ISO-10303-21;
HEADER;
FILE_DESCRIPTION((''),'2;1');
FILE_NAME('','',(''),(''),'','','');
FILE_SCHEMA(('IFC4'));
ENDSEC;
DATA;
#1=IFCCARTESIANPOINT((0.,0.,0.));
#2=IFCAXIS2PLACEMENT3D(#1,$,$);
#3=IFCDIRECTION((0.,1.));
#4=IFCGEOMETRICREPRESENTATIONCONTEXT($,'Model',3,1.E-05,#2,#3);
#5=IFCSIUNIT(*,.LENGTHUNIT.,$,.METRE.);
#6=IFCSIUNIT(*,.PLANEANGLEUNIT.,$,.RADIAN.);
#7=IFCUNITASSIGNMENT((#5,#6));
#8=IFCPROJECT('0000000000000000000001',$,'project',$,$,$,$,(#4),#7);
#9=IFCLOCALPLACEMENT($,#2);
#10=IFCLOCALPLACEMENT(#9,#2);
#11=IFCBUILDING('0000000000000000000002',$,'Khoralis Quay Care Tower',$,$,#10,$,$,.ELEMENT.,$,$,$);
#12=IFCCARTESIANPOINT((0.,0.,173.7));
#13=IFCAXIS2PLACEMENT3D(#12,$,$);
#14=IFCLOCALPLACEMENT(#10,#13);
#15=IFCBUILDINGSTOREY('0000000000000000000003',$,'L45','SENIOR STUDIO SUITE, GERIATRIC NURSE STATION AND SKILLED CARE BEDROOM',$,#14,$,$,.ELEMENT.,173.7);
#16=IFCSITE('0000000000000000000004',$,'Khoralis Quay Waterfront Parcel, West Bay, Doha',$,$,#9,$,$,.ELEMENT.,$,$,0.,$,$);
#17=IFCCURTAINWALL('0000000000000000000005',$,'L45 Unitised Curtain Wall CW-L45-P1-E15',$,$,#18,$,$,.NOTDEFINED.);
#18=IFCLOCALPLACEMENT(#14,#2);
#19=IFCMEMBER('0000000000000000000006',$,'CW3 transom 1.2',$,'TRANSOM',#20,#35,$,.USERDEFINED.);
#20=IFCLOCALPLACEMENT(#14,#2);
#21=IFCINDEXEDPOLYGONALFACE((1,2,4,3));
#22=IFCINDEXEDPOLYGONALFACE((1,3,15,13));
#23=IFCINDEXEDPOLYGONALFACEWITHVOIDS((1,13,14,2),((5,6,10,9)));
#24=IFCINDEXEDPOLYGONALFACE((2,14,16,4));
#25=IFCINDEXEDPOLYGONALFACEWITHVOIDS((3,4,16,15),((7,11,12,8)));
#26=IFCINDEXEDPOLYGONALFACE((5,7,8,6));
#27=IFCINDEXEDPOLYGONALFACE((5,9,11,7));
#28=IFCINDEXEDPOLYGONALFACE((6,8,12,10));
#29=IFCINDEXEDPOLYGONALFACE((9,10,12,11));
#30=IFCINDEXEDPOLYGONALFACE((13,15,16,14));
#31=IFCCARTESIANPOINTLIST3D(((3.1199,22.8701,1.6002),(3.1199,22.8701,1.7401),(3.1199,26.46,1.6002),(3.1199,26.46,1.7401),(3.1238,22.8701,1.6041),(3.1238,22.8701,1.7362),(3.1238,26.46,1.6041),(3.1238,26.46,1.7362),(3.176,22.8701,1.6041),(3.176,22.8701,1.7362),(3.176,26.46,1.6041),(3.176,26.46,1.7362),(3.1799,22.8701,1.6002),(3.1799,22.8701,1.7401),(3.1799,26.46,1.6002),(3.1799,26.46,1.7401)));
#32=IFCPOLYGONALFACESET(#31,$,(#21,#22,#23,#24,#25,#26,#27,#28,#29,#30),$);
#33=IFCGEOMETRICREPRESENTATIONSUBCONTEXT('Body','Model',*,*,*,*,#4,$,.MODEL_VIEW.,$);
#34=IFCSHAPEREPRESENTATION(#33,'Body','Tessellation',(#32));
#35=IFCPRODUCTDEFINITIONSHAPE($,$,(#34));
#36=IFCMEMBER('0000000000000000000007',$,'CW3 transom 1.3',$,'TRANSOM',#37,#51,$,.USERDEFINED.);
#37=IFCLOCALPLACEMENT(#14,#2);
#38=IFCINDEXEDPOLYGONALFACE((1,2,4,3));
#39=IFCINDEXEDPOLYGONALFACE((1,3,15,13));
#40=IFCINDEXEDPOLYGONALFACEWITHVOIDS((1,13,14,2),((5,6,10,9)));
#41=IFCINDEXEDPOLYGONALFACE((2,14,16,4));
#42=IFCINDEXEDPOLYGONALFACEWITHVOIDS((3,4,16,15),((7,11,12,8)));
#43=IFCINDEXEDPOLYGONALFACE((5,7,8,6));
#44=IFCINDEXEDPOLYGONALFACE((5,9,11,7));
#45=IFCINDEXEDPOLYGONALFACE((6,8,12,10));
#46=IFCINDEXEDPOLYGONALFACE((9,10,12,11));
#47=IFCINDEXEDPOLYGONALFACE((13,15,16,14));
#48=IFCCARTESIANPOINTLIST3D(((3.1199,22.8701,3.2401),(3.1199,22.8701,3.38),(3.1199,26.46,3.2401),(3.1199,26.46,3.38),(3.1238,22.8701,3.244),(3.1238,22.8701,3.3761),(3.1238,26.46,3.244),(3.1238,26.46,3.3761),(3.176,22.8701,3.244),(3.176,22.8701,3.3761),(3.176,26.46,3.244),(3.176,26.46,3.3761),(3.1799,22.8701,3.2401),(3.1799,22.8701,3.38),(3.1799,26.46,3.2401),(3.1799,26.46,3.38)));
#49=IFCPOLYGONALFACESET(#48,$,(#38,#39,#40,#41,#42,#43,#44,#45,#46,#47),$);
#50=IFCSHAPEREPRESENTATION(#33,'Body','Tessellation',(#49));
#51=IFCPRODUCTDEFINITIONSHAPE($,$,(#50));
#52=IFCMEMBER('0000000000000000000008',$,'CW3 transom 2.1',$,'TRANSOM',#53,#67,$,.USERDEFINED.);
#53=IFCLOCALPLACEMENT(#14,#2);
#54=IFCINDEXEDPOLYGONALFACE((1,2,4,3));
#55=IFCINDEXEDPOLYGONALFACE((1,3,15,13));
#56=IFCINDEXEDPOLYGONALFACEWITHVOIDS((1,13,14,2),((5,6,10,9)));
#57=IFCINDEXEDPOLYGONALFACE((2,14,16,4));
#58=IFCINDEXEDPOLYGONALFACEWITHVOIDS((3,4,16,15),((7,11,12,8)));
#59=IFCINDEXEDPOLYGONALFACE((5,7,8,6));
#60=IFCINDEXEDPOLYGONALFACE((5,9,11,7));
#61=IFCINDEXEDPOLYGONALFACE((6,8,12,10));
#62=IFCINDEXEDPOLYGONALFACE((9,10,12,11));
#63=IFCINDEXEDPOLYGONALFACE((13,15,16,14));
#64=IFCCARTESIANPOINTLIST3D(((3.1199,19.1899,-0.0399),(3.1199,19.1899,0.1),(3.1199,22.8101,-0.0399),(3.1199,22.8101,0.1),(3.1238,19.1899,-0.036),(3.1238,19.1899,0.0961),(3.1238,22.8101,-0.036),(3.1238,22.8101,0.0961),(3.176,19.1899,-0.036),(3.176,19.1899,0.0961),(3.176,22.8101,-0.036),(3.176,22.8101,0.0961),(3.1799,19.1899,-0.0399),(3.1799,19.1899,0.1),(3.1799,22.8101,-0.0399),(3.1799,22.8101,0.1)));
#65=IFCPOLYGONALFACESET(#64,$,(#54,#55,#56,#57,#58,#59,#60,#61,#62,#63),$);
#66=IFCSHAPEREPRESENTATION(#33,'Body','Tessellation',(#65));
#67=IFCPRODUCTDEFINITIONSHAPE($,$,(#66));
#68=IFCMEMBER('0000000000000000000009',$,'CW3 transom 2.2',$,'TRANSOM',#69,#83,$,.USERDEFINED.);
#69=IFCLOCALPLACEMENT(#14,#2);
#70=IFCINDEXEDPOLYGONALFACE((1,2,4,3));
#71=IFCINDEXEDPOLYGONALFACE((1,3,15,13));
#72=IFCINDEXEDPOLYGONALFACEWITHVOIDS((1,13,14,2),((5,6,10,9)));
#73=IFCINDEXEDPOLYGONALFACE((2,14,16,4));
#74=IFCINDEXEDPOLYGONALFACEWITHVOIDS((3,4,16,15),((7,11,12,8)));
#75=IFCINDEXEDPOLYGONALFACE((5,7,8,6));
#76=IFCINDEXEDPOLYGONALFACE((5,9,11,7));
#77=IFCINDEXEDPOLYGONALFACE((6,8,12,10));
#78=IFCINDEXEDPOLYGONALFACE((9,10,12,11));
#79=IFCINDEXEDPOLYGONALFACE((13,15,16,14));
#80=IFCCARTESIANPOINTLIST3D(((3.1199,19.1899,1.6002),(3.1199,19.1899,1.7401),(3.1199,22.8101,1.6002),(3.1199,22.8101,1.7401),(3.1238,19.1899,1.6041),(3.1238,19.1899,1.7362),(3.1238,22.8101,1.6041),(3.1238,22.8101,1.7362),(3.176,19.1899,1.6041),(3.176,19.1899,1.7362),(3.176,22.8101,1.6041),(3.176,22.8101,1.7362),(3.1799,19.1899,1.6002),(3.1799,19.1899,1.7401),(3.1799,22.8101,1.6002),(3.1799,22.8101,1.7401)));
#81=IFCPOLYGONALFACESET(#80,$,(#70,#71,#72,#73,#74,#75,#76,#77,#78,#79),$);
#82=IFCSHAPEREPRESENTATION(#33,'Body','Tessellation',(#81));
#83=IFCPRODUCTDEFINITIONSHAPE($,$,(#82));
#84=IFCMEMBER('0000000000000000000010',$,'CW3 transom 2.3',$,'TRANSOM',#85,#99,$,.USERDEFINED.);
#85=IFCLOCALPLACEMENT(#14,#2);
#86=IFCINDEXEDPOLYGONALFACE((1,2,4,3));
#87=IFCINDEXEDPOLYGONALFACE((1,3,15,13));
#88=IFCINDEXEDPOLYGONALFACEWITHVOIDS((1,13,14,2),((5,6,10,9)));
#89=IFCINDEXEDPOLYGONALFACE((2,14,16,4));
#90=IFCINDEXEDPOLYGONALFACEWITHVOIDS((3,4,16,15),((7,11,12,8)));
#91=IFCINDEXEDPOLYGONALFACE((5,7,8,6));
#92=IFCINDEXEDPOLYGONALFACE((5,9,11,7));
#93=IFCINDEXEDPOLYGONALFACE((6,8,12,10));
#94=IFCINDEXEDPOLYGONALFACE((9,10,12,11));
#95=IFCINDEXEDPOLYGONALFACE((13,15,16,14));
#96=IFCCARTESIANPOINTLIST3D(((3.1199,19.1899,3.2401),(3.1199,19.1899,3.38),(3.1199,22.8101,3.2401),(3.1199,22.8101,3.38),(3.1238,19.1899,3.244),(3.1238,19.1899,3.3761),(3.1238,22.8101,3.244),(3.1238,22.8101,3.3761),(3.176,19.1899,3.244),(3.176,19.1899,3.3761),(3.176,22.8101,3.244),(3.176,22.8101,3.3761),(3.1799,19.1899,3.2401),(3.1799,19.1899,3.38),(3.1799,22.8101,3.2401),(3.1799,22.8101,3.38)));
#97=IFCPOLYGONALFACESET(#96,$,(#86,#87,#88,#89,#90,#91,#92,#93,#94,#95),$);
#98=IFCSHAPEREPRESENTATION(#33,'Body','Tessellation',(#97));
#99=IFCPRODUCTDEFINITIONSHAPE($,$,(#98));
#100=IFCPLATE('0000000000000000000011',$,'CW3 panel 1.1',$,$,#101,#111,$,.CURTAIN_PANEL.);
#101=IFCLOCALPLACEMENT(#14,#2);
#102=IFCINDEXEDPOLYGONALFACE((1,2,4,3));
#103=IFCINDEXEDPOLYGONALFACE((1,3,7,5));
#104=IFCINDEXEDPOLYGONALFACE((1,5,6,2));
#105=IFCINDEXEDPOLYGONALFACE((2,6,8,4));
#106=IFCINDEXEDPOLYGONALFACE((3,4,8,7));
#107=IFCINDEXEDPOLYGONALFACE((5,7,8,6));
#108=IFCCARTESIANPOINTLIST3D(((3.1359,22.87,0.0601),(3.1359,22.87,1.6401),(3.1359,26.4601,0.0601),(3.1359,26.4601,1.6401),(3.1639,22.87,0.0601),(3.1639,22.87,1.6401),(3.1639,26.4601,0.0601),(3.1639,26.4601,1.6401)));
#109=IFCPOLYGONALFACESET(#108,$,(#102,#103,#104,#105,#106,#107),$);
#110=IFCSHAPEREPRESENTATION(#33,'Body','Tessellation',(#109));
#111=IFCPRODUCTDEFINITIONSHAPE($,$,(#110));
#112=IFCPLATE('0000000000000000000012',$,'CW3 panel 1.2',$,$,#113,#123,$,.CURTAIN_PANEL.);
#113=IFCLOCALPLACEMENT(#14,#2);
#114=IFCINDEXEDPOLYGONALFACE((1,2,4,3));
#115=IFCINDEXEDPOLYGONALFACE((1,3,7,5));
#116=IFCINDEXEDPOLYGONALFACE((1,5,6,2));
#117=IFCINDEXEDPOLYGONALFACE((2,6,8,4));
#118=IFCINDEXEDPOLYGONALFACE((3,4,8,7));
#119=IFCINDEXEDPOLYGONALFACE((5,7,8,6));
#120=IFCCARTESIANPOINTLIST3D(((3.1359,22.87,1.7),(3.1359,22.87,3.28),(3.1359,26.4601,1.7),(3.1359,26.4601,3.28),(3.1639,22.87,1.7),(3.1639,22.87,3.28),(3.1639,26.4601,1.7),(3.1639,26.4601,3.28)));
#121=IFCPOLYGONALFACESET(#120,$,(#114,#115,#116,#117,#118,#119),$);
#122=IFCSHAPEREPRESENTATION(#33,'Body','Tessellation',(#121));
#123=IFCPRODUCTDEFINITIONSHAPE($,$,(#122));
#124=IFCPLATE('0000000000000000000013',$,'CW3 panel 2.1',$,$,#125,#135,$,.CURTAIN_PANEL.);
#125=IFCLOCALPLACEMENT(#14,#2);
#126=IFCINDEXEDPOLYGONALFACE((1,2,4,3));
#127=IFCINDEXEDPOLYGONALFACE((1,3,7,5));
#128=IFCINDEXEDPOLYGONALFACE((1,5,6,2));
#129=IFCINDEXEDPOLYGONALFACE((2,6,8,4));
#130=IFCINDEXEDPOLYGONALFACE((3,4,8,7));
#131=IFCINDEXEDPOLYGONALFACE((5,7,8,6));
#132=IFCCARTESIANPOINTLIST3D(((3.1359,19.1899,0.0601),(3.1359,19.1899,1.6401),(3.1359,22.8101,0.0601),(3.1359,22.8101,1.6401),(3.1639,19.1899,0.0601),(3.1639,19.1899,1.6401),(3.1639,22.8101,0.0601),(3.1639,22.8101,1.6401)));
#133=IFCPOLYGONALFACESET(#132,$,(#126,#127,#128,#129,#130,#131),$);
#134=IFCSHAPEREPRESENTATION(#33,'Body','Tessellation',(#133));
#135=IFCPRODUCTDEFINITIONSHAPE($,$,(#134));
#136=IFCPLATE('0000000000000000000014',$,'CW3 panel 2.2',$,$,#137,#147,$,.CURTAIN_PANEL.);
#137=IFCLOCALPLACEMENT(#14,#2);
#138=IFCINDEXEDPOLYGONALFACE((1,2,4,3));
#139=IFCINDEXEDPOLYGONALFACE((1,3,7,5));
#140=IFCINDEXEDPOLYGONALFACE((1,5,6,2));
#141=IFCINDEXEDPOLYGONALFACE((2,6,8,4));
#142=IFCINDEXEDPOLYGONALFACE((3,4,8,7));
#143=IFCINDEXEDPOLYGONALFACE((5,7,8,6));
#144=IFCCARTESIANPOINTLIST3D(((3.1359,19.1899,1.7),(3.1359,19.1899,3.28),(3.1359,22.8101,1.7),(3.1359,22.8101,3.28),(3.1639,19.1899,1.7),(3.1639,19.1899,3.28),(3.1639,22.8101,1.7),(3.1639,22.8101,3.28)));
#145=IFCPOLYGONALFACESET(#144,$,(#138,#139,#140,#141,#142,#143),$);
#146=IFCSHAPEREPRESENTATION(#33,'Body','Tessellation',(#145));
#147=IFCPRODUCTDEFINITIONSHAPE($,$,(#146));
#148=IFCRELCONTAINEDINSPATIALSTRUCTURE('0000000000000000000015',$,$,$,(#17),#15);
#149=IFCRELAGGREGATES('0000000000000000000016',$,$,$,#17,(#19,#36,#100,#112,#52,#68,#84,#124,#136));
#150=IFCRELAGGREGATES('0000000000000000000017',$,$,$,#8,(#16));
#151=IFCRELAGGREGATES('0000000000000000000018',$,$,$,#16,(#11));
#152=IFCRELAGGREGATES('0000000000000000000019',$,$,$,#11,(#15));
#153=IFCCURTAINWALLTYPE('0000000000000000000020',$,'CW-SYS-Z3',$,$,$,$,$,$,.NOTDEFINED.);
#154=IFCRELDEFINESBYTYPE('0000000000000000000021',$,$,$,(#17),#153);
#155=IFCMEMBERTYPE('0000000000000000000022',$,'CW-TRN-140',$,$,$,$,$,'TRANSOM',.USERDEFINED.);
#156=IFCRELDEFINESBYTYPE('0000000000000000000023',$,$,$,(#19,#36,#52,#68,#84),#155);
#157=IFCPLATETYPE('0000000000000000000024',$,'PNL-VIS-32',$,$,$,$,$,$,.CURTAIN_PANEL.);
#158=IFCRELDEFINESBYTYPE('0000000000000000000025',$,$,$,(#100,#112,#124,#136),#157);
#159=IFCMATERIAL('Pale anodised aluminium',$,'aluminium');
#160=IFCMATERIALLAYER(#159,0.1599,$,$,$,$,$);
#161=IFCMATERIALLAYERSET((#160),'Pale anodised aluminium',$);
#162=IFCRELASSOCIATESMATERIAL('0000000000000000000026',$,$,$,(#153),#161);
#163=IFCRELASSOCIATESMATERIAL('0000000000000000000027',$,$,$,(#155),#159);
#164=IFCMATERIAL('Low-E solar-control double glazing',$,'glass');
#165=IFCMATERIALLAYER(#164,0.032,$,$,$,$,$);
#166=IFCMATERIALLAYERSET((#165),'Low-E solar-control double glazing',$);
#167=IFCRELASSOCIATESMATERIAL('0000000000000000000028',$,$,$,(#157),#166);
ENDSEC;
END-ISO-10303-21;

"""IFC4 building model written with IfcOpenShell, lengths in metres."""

from ifc_helpers import new_model, si_unit, direction, frame, origin, origin_2d, place, context, subcontext, project, spatial, rectangle, hollow_rectangle, extrude, source, transform, mapped, material, layer, layer_set, material_profile, profile_set, type_object, element, aggregate, save


model = new_model("IFC4")

# Units and contexts
model_context = context("Model", 3, precision=1e-05, world=origin(), true_north=direction((0.0, 1.0)))
body_context = subcontext(model_context, "Body", "Model", "MODEL_VIEW")
ifc_project = project(units=[si_unit("LENGTHUNIT", "METRE"), si_unit("PLANEANGLEUNIT", "RADIAN")], contexts=[model_context])

# Site, building, storey
site_placement = place(None, origin())
site = spatial("IfcSite", under=ifc_project, at=site_placement, Name="Khoralis Quay Waterfront Parcel, West Bay, Doha", CompositionType="ELEMENT", RefElevation=0.0)
building_placement = place(site_placement, origin())
building = spatial("IfcBuilding", under=site, at=building_placement, Name="Khoralis Quay Care Tower", CompositionType="ELEMENT")
storey_placement = place(building_placement, frame((0.0, 0.0, 173.7)))
storey = spatial("IfcBuildingStorey", under=building, at=storey_placement, Name="L45", Description="SENIOR STUDIO SUITE, GERIATRIC NURSE STATION AND SKILLED CARE BEDROOM", CompositionType="ELEMENT", Elevation=173.7)

# Curtain wall, members, plates
ifc_material_1 = material(Name="Pale anodised aluminium", Category="aluminium")
ifc_layer_1 = layer(ifc_material_1, 0.1599)
ifc_layer_set_1 = layer_set([ifc_layer_1], Name="Pale anodised aluminium")
curtain_wall_type = type_object("IfcCurtainWallType", Name="CW-SYS-Z3", PredefinedType="NOTDEFINED", material=ifc_layer_set_1)
curtain_wall_placement = place(storey_placement, origin())
curtain_wall = element("IfcCurtainWall", 1, at=curtain_wall_placement, inside=storey, type_object=curtain_wall_type, Name="L45 Unitised Curtain Wall CW-L45-P1-E15", PredefinedType="NOTDEFINED")
ifc_material_profile_1 = material_profile(ifc_material_1, hollow_rectangle(XDim=0.0601, YDim=0.1399, WallThickness=0.0039, at=origin_2d()), Name="Pale anodised aluminium")
ifc_profile_set_1 = profile_set([ifc_material_profile_1], Name="Pale anodised aluminium")
member_type_1 = type_object("IfcMemberType", Name="CW-TRN-140", ElementType="TRANSOM", PredefinedType="USERDEFINED", material=ifc_profile_set_1)
shared_shape_1 = source(origin(), body_context, "Body", "SweptSolid", [
    extrude(hollow_rectangle(XDim=0.0601, YDim=0.1399, WallThickness=0.0039, at=origin_2d()), origin(), (0.0, 0.0, 1.0), 3.5898),
])
member_1_placement = place(storey_placement, frame((3.1499, 26.46, 1.6702), z_axis=(0.0, -1.0, 0.0), x_axis=(1.0, 0.0, 0.0)))
member_1 = element("IfcMember", 2, at=member_1_placement, type_object=member_type_1, Name="CW3 transom 1.2", ObjectType="TRANSOM", PredefinedType="USERDEFINED", context=body_context, shape_type="MappedRepresentation", body=[
    mapped(shared_shape_1, transform((0.0, 0.0, 0.0), scale=1.0)),
])
member_2_placement = place(storey_placement, frame((3.1499, 26.46, 3.3101), z_axis=(0.0, -1.0, 0.0), x_axis=(1.0, 0.0, 0.0)))
member_2 = element("IfcMember", 3, at=member_2_placement, type_object=member_type_1, Name="CW3 transom 1.3", ObjectType="TRANSOM", PredefinedType="USERDEFINED", context=body_context, shape_type="MappedRepresentation", body=[
    mapped(shared_shape_1, transform((0.0, 0.0, 0.0), scale=1.0)),
])
shared_shape_2 = source(origin(), body_context, "Body", "SweptSolid", [
    extrude(hollow_rectangle(XDim=0.0601, YDim=0.1399, WallThickness=0.0039, at=origin_2d()), origin(), (0.0, 0.0, 1.0), 3.6201),
])
member_3_placement = place(storey_placement, frame((3.1499, 22.8101, 0.03), z_axis=(0.0, -1.0, 0.0), x_axis=(1.0, 0.0, 0.0)))
member_3 = element("IfcMember", 4, at=member_3_placement, type_object=member_type_1, Name="CW3 transom 2.1", ObjectType="TRANSOM", PredefinedType="USERDEFINED", context=body_context, shape_type="MappedRepresentation", body=[
    mapped(shared_shape_2, transform((0.0, 0.0, 0.0), scale=1.0)),
])
member_4_placement = place(storey_placement, frame((3.1499, 22.8101, 1.6702), z_axis=(0.0, -1.0, 0.0), x_axis=(1.0, 0.0, 0.0)))
member_4 = element("IfcMember", 5, at=member_4_placement, type_object=member_type_1, Name="CW3 transom 2.2", ObjectType="TRANSOM", PredefinedType="USERDEFINED", context=body_context, shape_type="MappedRepresentation", body=[
    mapped(shared_shape_2, transform((0.0, 0.0, 0.0), scale=1.0)),
])
member_5_placement = place(storey_placement, frame((3.1499, 22.8101, 3.3101), z_axis=(0.0, -1.0, 0.0), x_axis=(1.0, 0.0, 0.0)))
member_5 = element("IfcMember", 6, at=member_5_placement, type_object=member_type_1, Name="CW3 transom 2.3", ObjectType="TRANSOM", PredefinedType="USERDEFINED", context=body_context, shape_type="MappedRepresentation", body=[
    mapped(shared_shape_2, transform((0.0, 0.0, 0.0), scale=1.0)),
])
ifc_material_2 = material(Name="Low-E solar-control double glazing", Category="glass")
ifc_layer_2 = layer(ifc_material_2, 0.032)
ifc_layer_set_2 = layer_set([ifc_layer_2], Name="Low-E solar-control double glazing")
plate_type = type_object("IfcPlateType", Name="PNL-VIS-32", PredefinedType="CURTAIN_PANEL", material=ifc_layer_set_2)
shared_shape_3 = source(origin(), body_context, "Body", "SweptSolid", [
    extrude(rectangle(XDim=3.5901, YDim=0.0281, at=origin_2d()), origin(), (0.0, 0.0, 1.0), 1.5801),
])
plate_1_placement = place(storey_placement, frame((3.1499, 24.665, 0.0601), z_axis=(0.0, 0.0, 1.0), x_axis=(0.0, -1.0, 0.0)))
plate_1 = element("IfcPlate", 7, at=plate_1_placement, type_object=plate_type, Name="CW3 panel 1.1", PredefinedType="CURTAIN_PANEL", context=body_context, shape_type="MappedRepresentation", body=[
    mapped(shared_shape_3, transform((0.0, 0.0, 0.0), scale=1.0)),
])
plate_2_placement = place(storey_placement, frame((3.1499, 24.665, 1.7), z_axis=(0.0, 0.0, 1.0), x_axis=(0.0, -1.0, 0.0)))
plate_2 = element("IfcPlate", 8, at=plate_2_placement, type_object=plate_type, Name="CW3 panel 1.2", PredefinedType="CURTAIN_PANEL", context=body_context, shape_type="MappedRepresentation", body=[
    mapped(shared_shape_3, transform((0.0, 0.0, 0.0), scale=1.0)),
])
shared_shape_4 = source(origin(), body_context, "Body", "SweptSolid", [
    extrude(rectangle(XDim=3.6201, YDim=0.0281, at=origin_2d()), origin(), (0.0, 0.0, 1.0), 1.5801),
])
plate_3_placement = place(storey_placement, frame((3.1499, 21.0, 0.0601), z_axis=(0.0, 0.0, 1.0), x_axis=(0.0, -1.0, 0.0)))
plate_3 = element("IfcPlate", 9, at=plate_3_placement, type_object=plate_type, Name="CW3 panel 2.1", PredefinedType="CURTAIN_PANEL", context=body_context, shape_type="MappedRepresentation", body=[
    mapped(shared_shape_4, transform((0.0, 0.0, 0.0), scale=1.0)),
])
plate_4_placement = place(storey_placement, frame((3.1499, 21.0, 1.7), z_axis=(0.0, 0.0, 1.0), x_axis=(0.0, -1.0, 0.0)))
plate_4 = element("IfcPlate", 10, at=plate_4_placement, type_object=plate_type, Name="CW3 panel 2.2", PredefinedType="CURTAIN_PANEL", context=body_context, shape_type="MappedRepresentation", body=[
    mapped(shared_shape_4, transform((0.0, 0.0, 0.0), scale=1.0)),
])
aggregate(curtain_wall, [member_1, member_2, plate_1, plate_2, member_3, member_4, member_5, plate_3, plate_4])

save(model, "model.ifc")
